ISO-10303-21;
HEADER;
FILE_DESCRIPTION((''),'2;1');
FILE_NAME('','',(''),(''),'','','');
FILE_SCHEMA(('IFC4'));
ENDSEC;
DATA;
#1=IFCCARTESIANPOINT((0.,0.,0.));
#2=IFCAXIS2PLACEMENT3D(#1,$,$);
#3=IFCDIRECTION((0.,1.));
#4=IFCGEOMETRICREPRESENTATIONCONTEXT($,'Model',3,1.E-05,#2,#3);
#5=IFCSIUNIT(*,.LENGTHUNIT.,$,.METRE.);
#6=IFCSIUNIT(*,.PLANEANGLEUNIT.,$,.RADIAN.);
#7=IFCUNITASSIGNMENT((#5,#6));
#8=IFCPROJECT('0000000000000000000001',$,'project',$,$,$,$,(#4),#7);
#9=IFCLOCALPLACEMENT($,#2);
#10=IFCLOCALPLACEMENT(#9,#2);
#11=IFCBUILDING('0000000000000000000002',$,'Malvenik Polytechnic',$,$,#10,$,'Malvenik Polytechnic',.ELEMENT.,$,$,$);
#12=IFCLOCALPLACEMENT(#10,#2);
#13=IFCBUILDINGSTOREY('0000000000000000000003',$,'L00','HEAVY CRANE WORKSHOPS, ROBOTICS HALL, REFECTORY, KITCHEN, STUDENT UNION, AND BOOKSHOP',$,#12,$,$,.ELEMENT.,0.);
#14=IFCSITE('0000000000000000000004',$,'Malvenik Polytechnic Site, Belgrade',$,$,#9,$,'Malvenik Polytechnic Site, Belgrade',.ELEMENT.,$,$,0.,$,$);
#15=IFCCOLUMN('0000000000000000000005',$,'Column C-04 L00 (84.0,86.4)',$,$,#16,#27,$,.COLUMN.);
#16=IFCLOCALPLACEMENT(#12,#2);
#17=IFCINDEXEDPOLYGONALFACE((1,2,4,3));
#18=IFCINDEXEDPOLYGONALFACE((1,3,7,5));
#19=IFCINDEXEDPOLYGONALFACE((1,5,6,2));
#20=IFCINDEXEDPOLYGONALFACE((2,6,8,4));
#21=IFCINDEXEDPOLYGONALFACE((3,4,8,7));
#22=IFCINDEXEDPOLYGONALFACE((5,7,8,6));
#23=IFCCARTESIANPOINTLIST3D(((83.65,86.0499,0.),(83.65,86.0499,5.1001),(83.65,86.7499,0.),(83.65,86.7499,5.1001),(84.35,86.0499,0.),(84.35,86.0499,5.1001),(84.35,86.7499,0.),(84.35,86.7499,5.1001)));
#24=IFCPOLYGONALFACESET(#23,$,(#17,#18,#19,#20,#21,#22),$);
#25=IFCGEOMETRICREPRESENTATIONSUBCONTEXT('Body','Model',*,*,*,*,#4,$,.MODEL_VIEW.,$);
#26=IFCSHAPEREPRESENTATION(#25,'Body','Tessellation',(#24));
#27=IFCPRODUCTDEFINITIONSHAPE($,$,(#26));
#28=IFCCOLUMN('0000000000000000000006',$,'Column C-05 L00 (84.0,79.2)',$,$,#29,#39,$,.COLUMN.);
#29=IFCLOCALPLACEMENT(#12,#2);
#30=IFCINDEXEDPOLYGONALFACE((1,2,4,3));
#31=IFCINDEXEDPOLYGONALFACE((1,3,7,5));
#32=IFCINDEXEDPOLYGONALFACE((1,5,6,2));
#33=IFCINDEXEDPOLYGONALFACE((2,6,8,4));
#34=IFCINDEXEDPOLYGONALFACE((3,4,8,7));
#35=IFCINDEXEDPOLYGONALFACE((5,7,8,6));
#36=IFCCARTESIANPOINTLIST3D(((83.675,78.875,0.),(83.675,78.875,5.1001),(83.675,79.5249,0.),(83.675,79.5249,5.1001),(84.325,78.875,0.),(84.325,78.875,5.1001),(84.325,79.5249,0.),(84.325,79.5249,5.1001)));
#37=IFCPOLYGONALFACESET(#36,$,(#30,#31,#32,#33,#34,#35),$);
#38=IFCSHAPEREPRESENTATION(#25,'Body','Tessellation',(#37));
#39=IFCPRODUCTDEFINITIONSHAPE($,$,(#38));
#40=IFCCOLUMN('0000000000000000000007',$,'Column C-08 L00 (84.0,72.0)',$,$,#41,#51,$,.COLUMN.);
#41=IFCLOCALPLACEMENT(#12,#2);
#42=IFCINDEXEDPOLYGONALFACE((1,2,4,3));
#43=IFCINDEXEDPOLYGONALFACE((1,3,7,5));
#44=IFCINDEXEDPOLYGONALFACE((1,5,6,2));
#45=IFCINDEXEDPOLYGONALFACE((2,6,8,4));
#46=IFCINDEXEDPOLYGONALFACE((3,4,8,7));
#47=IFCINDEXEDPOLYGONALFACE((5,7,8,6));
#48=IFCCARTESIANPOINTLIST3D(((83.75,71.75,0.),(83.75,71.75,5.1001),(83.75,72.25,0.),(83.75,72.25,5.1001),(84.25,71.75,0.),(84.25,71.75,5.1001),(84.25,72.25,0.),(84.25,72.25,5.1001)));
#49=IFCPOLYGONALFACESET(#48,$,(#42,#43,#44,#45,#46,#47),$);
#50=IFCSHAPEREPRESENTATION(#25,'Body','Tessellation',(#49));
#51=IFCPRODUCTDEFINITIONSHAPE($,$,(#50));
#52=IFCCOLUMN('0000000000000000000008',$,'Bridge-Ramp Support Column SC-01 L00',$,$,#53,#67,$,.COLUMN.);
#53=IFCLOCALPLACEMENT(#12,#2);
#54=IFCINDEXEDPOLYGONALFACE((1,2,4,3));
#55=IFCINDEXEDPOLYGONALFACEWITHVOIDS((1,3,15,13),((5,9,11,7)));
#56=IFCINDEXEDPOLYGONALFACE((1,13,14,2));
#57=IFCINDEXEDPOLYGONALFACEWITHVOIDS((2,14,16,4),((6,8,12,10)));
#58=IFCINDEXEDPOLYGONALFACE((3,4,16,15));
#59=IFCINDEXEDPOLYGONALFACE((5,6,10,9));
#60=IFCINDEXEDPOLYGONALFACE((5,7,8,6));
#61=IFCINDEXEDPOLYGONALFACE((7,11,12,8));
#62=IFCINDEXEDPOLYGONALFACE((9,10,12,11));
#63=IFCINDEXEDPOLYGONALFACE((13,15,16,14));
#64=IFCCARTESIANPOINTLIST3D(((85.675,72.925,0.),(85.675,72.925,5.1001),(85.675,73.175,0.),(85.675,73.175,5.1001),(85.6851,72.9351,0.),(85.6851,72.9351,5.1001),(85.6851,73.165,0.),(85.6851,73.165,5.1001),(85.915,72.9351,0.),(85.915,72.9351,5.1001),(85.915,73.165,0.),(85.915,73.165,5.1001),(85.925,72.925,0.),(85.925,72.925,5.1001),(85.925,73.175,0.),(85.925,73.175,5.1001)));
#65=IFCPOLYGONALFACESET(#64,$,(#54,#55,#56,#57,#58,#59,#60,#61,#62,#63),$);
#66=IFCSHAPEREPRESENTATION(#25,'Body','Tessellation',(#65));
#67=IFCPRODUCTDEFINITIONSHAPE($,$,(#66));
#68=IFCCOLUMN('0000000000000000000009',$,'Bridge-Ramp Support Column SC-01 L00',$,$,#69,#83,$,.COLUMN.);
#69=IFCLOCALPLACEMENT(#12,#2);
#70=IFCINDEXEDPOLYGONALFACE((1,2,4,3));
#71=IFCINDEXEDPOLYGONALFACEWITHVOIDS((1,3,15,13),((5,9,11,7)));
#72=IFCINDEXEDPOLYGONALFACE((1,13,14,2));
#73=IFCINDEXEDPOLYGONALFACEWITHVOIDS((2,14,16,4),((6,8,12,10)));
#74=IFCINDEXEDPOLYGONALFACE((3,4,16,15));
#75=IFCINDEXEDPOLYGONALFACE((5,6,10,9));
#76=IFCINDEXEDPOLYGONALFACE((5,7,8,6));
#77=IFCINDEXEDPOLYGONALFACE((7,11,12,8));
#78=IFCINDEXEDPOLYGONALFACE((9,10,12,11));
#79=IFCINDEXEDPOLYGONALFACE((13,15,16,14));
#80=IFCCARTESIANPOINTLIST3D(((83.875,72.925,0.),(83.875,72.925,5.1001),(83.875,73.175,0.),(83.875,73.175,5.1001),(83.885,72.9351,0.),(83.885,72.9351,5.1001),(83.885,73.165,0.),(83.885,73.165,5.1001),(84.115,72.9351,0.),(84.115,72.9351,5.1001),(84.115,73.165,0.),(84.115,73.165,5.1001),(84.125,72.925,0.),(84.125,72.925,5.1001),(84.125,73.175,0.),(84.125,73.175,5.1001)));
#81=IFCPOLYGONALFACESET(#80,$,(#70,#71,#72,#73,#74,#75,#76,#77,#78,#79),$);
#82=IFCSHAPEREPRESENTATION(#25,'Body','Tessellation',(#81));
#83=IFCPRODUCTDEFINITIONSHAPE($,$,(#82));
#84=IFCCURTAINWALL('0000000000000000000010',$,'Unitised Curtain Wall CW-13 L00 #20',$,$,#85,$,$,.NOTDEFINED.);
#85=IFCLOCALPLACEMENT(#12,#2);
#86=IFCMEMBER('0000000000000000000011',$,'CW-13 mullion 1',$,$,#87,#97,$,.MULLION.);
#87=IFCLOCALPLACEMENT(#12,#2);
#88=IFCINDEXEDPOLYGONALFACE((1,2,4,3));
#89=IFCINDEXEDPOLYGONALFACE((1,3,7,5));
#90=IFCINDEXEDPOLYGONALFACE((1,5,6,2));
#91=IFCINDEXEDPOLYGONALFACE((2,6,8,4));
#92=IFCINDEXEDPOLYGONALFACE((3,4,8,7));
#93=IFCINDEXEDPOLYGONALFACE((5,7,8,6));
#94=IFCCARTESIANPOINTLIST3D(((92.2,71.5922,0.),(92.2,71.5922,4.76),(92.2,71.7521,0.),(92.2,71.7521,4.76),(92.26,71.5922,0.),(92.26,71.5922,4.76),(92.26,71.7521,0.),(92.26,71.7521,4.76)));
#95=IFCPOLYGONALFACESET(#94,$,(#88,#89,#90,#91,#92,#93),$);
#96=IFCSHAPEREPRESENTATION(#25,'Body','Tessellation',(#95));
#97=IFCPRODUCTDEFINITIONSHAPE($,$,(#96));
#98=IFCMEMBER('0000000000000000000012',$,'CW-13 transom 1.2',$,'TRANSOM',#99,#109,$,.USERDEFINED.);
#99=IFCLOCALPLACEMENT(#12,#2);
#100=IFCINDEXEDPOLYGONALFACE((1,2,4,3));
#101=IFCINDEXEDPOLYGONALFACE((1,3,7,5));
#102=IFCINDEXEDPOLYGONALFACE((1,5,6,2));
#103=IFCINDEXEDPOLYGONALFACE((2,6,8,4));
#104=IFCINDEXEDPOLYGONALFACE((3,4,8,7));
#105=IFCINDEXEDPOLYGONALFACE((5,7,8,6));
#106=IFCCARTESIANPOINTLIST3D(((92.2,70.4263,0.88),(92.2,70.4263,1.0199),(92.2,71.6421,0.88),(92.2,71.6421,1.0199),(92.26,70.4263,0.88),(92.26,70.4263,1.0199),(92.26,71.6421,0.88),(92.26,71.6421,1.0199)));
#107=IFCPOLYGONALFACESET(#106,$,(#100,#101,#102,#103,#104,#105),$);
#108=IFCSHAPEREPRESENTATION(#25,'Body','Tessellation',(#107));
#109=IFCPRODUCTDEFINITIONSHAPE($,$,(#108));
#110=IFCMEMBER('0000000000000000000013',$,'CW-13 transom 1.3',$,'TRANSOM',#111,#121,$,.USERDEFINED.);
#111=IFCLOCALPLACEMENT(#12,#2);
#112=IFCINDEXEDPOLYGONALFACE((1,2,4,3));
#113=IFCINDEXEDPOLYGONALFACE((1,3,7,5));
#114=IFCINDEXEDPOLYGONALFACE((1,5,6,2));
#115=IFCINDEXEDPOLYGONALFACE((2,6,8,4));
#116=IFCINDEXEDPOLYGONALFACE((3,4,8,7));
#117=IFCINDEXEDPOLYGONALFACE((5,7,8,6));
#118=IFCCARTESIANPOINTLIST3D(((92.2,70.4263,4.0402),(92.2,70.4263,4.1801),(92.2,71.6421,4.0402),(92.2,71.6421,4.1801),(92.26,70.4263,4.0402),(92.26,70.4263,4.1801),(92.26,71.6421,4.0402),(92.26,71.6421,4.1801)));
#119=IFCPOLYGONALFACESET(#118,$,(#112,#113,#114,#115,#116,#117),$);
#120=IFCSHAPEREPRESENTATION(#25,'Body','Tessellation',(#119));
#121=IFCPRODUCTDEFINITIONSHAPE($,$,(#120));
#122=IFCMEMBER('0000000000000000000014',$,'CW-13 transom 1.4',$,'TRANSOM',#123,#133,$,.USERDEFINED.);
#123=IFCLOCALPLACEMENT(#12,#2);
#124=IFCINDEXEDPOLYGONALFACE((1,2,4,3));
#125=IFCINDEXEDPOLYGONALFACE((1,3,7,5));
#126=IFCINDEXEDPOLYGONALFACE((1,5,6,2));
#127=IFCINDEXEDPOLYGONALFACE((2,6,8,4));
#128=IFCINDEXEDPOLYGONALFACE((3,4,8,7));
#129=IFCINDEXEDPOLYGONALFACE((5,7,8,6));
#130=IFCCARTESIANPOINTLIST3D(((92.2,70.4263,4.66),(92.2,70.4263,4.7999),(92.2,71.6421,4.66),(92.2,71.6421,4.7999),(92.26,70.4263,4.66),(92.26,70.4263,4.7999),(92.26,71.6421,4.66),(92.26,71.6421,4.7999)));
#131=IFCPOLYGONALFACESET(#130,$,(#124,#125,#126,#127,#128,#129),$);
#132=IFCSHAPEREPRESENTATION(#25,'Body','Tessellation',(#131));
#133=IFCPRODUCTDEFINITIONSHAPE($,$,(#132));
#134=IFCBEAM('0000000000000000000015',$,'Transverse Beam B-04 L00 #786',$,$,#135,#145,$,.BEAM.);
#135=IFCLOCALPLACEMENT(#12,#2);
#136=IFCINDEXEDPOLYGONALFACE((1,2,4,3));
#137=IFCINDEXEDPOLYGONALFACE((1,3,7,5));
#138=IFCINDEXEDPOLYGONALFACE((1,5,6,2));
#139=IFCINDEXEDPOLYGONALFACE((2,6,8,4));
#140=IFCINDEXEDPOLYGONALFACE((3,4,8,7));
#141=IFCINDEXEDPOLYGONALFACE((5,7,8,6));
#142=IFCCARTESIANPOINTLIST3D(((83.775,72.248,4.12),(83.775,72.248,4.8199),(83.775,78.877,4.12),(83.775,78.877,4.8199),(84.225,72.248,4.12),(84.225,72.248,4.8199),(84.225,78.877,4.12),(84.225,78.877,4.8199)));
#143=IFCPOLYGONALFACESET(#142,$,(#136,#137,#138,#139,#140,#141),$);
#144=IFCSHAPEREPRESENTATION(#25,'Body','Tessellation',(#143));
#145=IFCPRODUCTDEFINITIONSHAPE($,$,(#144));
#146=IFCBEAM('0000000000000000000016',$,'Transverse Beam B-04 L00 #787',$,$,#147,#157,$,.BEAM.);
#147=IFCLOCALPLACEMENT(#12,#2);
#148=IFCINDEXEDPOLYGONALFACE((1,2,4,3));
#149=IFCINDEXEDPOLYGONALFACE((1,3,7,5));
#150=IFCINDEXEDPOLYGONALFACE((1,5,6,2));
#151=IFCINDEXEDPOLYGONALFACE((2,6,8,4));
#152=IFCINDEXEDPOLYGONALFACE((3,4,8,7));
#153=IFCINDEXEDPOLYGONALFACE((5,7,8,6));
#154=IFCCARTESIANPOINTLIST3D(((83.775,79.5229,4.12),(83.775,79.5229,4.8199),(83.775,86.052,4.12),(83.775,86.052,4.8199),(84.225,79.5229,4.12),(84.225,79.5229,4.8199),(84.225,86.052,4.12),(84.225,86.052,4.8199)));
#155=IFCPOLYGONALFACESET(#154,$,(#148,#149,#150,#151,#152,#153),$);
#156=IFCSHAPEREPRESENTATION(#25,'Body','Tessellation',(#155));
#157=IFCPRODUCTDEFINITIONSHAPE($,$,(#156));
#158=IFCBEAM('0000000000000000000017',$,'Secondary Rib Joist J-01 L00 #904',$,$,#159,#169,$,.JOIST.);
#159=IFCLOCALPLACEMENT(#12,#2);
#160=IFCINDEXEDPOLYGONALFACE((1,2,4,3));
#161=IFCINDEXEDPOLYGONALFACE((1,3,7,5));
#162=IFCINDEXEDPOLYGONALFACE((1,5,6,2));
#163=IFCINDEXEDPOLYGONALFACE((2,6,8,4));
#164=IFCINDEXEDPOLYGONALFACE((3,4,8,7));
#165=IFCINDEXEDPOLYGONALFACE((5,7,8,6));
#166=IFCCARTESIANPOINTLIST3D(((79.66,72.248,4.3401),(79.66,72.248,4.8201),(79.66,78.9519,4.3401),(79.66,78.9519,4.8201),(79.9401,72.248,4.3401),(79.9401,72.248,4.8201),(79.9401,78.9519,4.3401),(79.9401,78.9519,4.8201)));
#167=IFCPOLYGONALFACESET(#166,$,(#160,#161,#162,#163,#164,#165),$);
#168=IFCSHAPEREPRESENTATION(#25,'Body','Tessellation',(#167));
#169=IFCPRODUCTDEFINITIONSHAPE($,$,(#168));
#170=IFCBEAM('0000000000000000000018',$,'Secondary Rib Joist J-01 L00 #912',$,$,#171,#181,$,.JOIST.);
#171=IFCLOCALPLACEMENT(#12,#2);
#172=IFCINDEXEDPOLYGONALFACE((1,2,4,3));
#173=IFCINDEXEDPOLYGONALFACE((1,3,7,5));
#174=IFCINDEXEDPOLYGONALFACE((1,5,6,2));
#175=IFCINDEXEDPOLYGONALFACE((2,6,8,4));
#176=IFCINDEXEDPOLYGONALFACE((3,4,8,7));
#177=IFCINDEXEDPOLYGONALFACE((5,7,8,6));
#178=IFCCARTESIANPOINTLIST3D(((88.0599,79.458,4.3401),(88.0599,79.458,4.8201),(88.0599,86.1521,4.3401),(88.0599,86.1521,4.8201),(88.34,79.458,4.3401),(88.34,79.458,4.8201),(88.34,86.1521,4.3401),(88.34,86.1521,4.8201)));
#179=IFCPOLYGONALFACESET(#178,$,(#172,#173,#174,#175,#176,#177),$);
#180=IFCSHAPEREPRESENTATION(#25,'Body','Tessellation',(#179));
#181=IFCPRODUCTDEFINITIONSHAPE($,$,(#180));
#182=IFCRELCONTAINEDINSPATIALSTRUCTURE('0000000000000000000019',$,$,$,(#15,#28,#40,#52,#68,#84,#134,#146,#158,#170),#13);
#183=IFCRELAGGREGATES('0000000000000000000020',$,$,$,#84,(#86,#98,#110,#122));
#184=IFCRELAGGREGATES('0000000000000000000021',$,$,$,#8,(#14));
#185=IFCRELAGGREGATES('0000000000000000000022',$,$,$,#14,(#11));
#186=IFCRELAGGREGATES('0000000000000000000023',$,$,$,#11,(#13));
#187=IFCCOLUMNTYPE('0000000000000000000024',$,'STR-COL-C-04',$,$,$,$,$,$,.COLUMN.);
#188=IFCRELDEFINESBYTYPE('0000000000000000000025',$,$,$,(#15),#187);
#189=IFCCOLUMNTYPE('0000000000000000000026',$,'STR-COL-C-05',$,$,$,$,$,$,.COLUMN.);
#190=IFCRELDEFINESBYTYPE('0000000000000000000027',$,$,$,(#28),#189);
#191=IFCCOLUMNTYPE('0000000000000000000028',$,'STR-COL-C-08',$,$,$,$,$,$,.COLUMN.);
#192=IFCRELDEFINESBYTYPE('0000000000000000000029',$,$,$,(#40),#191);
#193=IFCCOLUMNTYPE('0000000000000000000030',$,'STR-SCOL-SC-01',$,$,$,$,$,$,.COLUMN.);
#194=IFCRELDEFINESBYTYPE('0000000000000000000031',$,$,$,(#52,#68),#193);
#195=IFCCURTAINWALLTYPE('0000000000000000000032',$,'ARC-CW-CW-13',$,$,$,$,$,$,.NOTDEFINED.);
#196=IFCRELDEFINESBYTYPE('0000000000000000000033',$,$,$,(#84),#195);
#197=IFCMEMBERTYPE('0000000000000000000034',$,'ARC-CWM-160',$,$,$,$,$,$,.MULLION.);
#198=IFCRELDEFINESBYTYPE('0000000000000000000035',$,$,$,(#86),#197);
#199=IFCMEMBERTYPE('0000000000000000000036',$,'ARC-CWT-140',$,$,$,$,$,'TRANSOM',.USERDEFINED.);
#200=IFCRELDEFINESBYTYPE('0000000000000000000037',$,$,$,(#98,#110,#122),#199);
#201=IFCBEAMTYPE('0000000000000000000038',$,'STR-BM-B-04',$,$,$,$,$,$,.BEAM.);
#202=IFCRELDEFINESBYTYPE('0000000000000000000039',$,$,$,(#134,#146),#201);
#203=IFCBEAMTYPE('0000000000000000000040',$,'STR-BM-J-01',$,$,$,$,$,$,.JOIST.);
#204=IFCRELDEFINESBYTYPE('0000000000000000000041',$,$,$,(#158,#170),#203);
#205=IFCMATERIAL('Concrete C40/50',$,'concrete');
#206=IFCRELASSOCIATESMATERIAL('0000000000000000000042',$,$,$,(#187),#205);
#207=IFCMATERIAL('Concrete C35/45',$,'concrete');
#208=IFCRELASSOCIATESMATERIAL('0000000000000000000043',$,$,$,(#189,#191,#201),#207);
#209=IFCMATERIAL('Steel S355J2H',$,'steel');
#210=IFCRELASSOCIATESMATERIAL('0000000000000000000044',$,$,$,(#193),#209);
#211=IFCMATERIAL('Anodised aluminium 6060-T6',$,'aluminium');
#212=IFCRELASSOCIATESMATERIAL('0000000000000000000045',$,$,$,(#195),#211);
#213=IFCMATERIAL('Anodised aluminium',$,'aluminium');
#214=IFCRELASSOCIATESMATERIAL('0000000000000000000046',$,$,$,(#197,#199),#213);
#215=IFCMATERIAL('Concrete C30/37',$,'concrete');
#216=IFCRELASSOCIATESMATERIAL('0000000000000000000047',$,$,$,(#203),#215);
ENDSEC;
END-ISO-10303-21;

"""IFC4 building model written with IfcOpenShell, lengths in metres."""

from ifc_helpers import new_model, si_unit, direction, frame, origin, origin_2d, place, context, subcontext, project, spatial, rectangle, hollow_rectangle, extrude, material, material_profile, profile_set, type_object, element, aggregate, save


model = new_model("IFC4")

# Units and contexts
model_context = context("Model", 3, precision=1e-05, world=origin(), true_north=direction((0.0, 1.0)))
body_context = subcontext(model_context, "Body", "Model", "MODEL_VIEW")
ifc_project = project(units=[si_unit("LENGTHUNIT", "METRE"), si_unit("PLANEANGLEUNIT", "RADIAN")], contexts=[model_context])

# Site, building, storey
site_placement = place(None, origin())
site = spatial("IfcSite", under=ifc_project, at=site_placement, Name="Malvenik Polytechnic Site, Belgrade", LongName="Malvenik Polytechnic Site, Belgrade", CompositionType="ELEMENT", RefElevation=0.0)
building_placement = place(site_placement, origin())
building = spatial("IfcBuilding", under=site, at=building_placement, Name="Malvenik Polytechnic", LongName="Malvenik Polytechnic", CompositionType="ELEMENT")
storey_placement = place(building_placement, origin())
storey = spatial("IfcBuildingStorey", under=building, at=storey_placement, Name="L00", Description="HEAVY CRANE WORKSHOPS, ROBOTICS HALL, REFECTORY, KITCHEN, STUDENT UNION, AND BOOKSHOP", CompositionType="ELEMENT", Elevation=0.0)

# Columns
ifc_material_1 = material(Name="Concrete C40/50", Category="concrete")
ifc_material_profile_1 = material_profile(ifc_material_1, rectangle(XDim=0.7, YDim=0.7, at=origin_2d()), Name="RC COL 700x700")
ifc_profile_set_1 = profile_set([ifc_material_profile_1], Name="Concrete C40/50")
column_type_1 = type_object("IfcColumnType", Name="STR-COL-C-04", PredefinedType="COLUMN", material=ifc_profile_set_1)
column_1_placement = place(storey_placement, frame((84.0, 86.3999, 0.0), z_axis=(0.0, 0.0, 1.0), x_axis=(1.0, 0.0, 0.0)))
element("IfcColumn", 1, at=column_1_placement, inside=storey, type_object=column_type_1, Name="Column C-04 L00 (84.0,86.4)", PredefinedType="COLUMN", context=body_context, shape_type="SweptSolid", body=[
    extrude(rectangle(XDim=0.7, YDim=0.7, at=origin_2d()), origin(), (0.0, 0.0, 1.0), 5.1001),
])
ifc_material_2 = material(Name="Concrete C35/45", Category="concrete")
ifc_material_profile_2 = material_profile(ifc_material_2, rectangle(XDim=0.6499, YDim=0.6499, at=origin_2d()), Name="RC COL 650x650")
ifc_profile_set_2 = profile_set([ifc_material_profile_2], Name="Concrete C35/45")
column_type_2 = type_object("IfcColumnType", Name="STR-COL-C-05", PredefinedType="COLUMN", material=ifc_profile_set_2)
column_2_placement = place(storey_placement, frame((84.0, 79.2, 0.0), z_axis=(0.0, 0.0, 1.0), x_axis=(1.0, 0.0, 0.0)))
element("IfcColumn", 2, at=column_2_placement, inside=storey, type_object=column_type_2, Name="Column C-05 L00 (84.0,79.2)", PredefinedType="COLUMN", context=body_context, shape_type="SweptSolid", body=[
    extrude(rectangle(XDim=0.6499, YDim=0.6499, at=origin_2d()), origin(), (0.0, 0.0, 1.0), 5.1001),
])
ifc_material_profile_3 = material_profile(ifc_material_2, rectangle(XDim=0.5, YDim=0.5, at=origin_2d()), Name="RC COL 500x500")
ifc_profile_set_3 = profile_set([ifc_material_profile_3], Name="Concrete C35/45")
column_type_3 = type_object("IfcColumnType", Name="STR-COL-C-08", PredefinedType="COLUMN", material=ifc_profile_set_3)
column_3_placement = place(storey_placement, frame((84.0, 72.0, 0.0), z_axis=(0.0, 0.0, 1.0), x_axis=(1.0, 0.0, 0.0)))
element("IfcColumn", 3, at=column_3_placement, inside=storey, type_object=column_type_3, Name="Column C-08 L00 (84.0,72.0)", PredefinedType="COLUMN", context=body_context, shape_type="SweptSolid", body=[
    extrude(rectangle(XDim=0.5, YDim=0.5, at=origin_2d()), origin(), (0.0, 0.0, 1.0), 5.1001),
])
ifc_material_3 = material(Name="Steel S355J2H", Category="steel")
ifc_material_profile_4 = material_profile(ifc_material_3, hollow_rectangle(XDim=0.25, YDim=0.25, WallThickness=0.01, at=origin_2d()), Name="SHS 250x250x10.0")
ifc_profile_set_4 = profile_set([ifc_material_profile_4], Name="Steel S355J2H")
column_type_4 = type_object("IfcColumnType", Name="STR-SCOL-SC-01", PredefinedType="COLUMN", material=ifc_profile_set_4)
for number, where, z_axis, x_axis, name in (
    (4, (85.8, 73.05, 0.0), (0.0, 0.0, 1.0), (1.0, 0.0, 0.0), "Bridge-Ramp Support Column SC-01 L00"),
    (5, (84.0, 73.05, 0.0), (0.0, 0.0, 1.0), (1.0, 0.0, 0.0), "Bridge-Ramp Support Column SC-01 L00"),
):
    element("IfcColumn", number, at=place(storey_placement, frame(where, z_axis=z_axis, x_axis=x_axis)), inside=storey, type_object=column_type_4, Name=name, PredefinedType="COLUMN", context=body_context, shape_type="SweptSolid", body=[
        extrude(hollow_rectangle(XDim=0.25, YDim=0.25, WallThickness=0.01, at=origin_2d()), origin(), (0.0, 0.0, 1.0), 5.1001),
    ])

# Curtain wall, members
ifc_material_4 = material(Name="Anodised aluminium 6060-T6", Category="aluminium")
curtain_wall_type = type_object("IfcCurtainWallType", Name="ARC-CW-CW-13", PredefinedType="NOTDEFINED", material=ifc_material_4)
curtain_wall_placement = place(storey_placement, origin())
curtain_wall = element("IfcCurtainWall", 6, at=curtain_wall_placement, inside=storey, type_object=curtain_wall_type, Name="Unitised Curtain Wall CW-13 L00 #20", PredefinedType="NOTDEFINED")
ifc_material_5 = material(Name="Anodised aluminium", Category="aluminium")
ifc_material_profile_5 = material_profile(ifc_material_5, rectangle(XDim=0.0601, YDim=0.1599, at=origin_2d()), Name="ALU MULLION 60x160")
ifc_profile_set_5 = profile_set([ifc_material_profile_5], Name="Anodised aluminium")
member_type_1 = type_object("IfcMemberType", Name="ARC-CWM-160", PredefinedType="MULLION", material=ifc_profile_set_5)
member_1_placement = place(storey_placement, frame((92.23, 71.6721, 0.0), z_axis=(0.0, 0.0, 1.0), x_axis=(1.0, 0.0, 0.0)))
member_1 = element("IfcMember", 7, at=member_1_placement, type_object=member_type_1, Name="CW-13 mullion 1", PredefinedType="MULLION", context=body_context, shape_type="SweptSolid", body=[
    extrude(rectangle(XDim=0.0601, YDim=0.1599, at=origin_2d()), origin(), (0.0, 0.0, 1.0), 4.76),
])
ifc_material_profile_6 = material_profile(ifc_material_5, rectangle(XDim=0.0601, YDim=0.1399, at=origin_2d()), Name="ALU TRANSOM 60x140")
ifc_profile_set_6 = profile_set([ifc_material_profile_6], Name="Anodised aluminium")
member_type_2 = type_object("IfcMemberType", Name="ARC-CWT-140", ElementType="TRANSOM", PredefinedType="USERDEFINED", material=ifc_profile_set_6)
member_2_placement = place(storey_placement, frame((92.23, 71.6421, 0.95), z_axis=(0.0, -1.0, 0.0), x_axis=(1.0, 0.0, 0.0)))
member_2 = element("IfcMember", 8, at=member_2_placement, type_object=member_type_2, Name="CW-13 transom 1.2", ObjectType="TRANSOM", PredefinedType="USERDEFINED", context=body_context, shape_type="SweptSolid", body=[
    extrude(rectangle(XDim=0.0601, YDim=0.1399, at=origin_2d()), origin(), (0.0, 0.0, 1.0), 1.2158),
])
member_3_placement = place(storey_placement, frame((92.23, 71.6421, 4.1101), z_axis=(0.0, -1.0, 0.0), x_axis=(1.0, 0.0, 0.0)))
member_3 = element("IfcMember", 9, at=member_3_placement, type_object=member_type_2, Name="CW-13 transom 1.3", ObjectType="TRANSOM", PredefinedType="USERDEFINED", context=body_context, shape_type="SweptSolid", body=[
    extrude(rectangle(XDim=0.0601, YDim=0.1399, at=origin_2d()), origin(), (0.0, 0.0, 1.0), 1.2158),
])
member_4_placement = place(storey_placement, frame((92.23, 71.6421, 4.73), z_axis=(0.0, -1.0, 0.0), x_axis=(1.0, 0.0, 0.0)))
member_4 = element("IfcMember", 10, at=member_4_placement, type_object=member_type_2, Name="CW-13 transom 1.4", ObjectType="TRANSOM", PredefinedType="USERDEFINED", context=body_context, shape_type="SweptSolid", body=[
    extrude(rectangle(XDim=0.0601, YDim=0.1399, at=origin_2d()), origin(), (0.0, 0.0, 1.0), 1.2158),
])
aggregate(curtain_wall, [member_1, member_2, member_3, member_4])

# Beams
ifc_material_profile_7 = material_profile(ifc_material_2, rectangle(XDim=0.45, YDim=0.7, at=origin_2d()), Name="RC BM 450x700")
ifc_profile_set_7 = profile_set([ifc_material_profile_7], Name="Concrete C35/45")
beam_type_1 = type_object("IfcBeamType", Name="STR-BM-B-04", PredefinedType="BEAM", material=ifc_profile_set_7)
beam_1_placement = place(storey_placement, frame((84.0, 72.248, 4.47), z_axis=(0.0, 1.0, 0.0), x_axis=(-1.0, 0.0, 0.0)))
element("IfcBeam", 11, at=beam_1_placement, inside=storey, type_object=beam_type_1, Name="Transverse Beam B-04 L00 #786", PredefinedType="BEAM", context=body_context, shape_type="SweptSolid", body=[
    extrude(rectangle(XDim=0.45, YDim=0.7, at=origin_2d()), origin(), (0.0, 0.0, 1.0), 6.6289),
])
beam_2_placement = place(storey_placement, frame((84.0, 79.5229, 4.47), z_axis=(0.0, 1.0, 0.0), x_axis=(-1.0, 0.0, 0.0)))
element("IfcBeam", 12, at=beam_2_placement, inside=storey, type_object=beam_type_1, Name="Transverse Beam B-04 L00 #787", PredefinedType="BEAM", context=body_context, shape_type="SweptSolid", body=[
    extrude(rectangle(XDim=0.45, YDim=0.7, at=origin_2d()), origin(), (0.0, 0.0, 1.0), 6.5291),
])
ifc_material_6 = material(Name="Concrete C30/37", Category="concrete")
ifc_material_profile_8 = material_profile(ifc_material_6, rectangle(XDim=0.28, YDim=0.48, at=origin_2d()), Name="RC JST 280x480")
ifc_profile_set_8 = profile_set([ifc_material_profile_8], Name="Concrete C30/37")
beam_type_2 = type_object("IfcBeamType", Name="STR-BM-J-01", PredefinedType="JOIST", material=ifc_profile_set_8)
beam_3_placement = place(storey_placement, frame((79.8, 72.248, 4.5801), z_axis=(0.0, 1.0, 0.0), x_axis=(-1.0, 0.0, 0.0)))
element("IfcBeam", 13, at=beam_3_placement, inside=storey, type_object=beam_type_2, Name="Secondary Rib Joist J-01 L00 #904", PredefinedType="JOIST", context=body_context, shape_type="SweptSolid", body=[
    extrude(rectangle(XDim=0.28, YDim=0.48, at=origin_2d()), origin(), (0.0, 0.0, 1.0), 6.7039),
])
beam_4_placement = place(storey_placement, frame((88.2, 79.458, 4.5801), z_axis=(0.0, 1.0, 0.0), x_axis=(-1.0, 0.0, 0.0)))
element("IfcBeam", 14, at=beam_4_placement, inside=storey, type_object=beam_type_2, Name="Secondary Rib Joist J-01 L00 #912", PredefinedType="JOIST", context=body_context, shape_type="SweptSolid", body=[
    extrude(rectangle(XDim=0.28, YDim=0.48, at=origin_2d()), origin(), (0.0, 0.0, 1.0), 6.6941),
])

save(model, "model.ifc")
